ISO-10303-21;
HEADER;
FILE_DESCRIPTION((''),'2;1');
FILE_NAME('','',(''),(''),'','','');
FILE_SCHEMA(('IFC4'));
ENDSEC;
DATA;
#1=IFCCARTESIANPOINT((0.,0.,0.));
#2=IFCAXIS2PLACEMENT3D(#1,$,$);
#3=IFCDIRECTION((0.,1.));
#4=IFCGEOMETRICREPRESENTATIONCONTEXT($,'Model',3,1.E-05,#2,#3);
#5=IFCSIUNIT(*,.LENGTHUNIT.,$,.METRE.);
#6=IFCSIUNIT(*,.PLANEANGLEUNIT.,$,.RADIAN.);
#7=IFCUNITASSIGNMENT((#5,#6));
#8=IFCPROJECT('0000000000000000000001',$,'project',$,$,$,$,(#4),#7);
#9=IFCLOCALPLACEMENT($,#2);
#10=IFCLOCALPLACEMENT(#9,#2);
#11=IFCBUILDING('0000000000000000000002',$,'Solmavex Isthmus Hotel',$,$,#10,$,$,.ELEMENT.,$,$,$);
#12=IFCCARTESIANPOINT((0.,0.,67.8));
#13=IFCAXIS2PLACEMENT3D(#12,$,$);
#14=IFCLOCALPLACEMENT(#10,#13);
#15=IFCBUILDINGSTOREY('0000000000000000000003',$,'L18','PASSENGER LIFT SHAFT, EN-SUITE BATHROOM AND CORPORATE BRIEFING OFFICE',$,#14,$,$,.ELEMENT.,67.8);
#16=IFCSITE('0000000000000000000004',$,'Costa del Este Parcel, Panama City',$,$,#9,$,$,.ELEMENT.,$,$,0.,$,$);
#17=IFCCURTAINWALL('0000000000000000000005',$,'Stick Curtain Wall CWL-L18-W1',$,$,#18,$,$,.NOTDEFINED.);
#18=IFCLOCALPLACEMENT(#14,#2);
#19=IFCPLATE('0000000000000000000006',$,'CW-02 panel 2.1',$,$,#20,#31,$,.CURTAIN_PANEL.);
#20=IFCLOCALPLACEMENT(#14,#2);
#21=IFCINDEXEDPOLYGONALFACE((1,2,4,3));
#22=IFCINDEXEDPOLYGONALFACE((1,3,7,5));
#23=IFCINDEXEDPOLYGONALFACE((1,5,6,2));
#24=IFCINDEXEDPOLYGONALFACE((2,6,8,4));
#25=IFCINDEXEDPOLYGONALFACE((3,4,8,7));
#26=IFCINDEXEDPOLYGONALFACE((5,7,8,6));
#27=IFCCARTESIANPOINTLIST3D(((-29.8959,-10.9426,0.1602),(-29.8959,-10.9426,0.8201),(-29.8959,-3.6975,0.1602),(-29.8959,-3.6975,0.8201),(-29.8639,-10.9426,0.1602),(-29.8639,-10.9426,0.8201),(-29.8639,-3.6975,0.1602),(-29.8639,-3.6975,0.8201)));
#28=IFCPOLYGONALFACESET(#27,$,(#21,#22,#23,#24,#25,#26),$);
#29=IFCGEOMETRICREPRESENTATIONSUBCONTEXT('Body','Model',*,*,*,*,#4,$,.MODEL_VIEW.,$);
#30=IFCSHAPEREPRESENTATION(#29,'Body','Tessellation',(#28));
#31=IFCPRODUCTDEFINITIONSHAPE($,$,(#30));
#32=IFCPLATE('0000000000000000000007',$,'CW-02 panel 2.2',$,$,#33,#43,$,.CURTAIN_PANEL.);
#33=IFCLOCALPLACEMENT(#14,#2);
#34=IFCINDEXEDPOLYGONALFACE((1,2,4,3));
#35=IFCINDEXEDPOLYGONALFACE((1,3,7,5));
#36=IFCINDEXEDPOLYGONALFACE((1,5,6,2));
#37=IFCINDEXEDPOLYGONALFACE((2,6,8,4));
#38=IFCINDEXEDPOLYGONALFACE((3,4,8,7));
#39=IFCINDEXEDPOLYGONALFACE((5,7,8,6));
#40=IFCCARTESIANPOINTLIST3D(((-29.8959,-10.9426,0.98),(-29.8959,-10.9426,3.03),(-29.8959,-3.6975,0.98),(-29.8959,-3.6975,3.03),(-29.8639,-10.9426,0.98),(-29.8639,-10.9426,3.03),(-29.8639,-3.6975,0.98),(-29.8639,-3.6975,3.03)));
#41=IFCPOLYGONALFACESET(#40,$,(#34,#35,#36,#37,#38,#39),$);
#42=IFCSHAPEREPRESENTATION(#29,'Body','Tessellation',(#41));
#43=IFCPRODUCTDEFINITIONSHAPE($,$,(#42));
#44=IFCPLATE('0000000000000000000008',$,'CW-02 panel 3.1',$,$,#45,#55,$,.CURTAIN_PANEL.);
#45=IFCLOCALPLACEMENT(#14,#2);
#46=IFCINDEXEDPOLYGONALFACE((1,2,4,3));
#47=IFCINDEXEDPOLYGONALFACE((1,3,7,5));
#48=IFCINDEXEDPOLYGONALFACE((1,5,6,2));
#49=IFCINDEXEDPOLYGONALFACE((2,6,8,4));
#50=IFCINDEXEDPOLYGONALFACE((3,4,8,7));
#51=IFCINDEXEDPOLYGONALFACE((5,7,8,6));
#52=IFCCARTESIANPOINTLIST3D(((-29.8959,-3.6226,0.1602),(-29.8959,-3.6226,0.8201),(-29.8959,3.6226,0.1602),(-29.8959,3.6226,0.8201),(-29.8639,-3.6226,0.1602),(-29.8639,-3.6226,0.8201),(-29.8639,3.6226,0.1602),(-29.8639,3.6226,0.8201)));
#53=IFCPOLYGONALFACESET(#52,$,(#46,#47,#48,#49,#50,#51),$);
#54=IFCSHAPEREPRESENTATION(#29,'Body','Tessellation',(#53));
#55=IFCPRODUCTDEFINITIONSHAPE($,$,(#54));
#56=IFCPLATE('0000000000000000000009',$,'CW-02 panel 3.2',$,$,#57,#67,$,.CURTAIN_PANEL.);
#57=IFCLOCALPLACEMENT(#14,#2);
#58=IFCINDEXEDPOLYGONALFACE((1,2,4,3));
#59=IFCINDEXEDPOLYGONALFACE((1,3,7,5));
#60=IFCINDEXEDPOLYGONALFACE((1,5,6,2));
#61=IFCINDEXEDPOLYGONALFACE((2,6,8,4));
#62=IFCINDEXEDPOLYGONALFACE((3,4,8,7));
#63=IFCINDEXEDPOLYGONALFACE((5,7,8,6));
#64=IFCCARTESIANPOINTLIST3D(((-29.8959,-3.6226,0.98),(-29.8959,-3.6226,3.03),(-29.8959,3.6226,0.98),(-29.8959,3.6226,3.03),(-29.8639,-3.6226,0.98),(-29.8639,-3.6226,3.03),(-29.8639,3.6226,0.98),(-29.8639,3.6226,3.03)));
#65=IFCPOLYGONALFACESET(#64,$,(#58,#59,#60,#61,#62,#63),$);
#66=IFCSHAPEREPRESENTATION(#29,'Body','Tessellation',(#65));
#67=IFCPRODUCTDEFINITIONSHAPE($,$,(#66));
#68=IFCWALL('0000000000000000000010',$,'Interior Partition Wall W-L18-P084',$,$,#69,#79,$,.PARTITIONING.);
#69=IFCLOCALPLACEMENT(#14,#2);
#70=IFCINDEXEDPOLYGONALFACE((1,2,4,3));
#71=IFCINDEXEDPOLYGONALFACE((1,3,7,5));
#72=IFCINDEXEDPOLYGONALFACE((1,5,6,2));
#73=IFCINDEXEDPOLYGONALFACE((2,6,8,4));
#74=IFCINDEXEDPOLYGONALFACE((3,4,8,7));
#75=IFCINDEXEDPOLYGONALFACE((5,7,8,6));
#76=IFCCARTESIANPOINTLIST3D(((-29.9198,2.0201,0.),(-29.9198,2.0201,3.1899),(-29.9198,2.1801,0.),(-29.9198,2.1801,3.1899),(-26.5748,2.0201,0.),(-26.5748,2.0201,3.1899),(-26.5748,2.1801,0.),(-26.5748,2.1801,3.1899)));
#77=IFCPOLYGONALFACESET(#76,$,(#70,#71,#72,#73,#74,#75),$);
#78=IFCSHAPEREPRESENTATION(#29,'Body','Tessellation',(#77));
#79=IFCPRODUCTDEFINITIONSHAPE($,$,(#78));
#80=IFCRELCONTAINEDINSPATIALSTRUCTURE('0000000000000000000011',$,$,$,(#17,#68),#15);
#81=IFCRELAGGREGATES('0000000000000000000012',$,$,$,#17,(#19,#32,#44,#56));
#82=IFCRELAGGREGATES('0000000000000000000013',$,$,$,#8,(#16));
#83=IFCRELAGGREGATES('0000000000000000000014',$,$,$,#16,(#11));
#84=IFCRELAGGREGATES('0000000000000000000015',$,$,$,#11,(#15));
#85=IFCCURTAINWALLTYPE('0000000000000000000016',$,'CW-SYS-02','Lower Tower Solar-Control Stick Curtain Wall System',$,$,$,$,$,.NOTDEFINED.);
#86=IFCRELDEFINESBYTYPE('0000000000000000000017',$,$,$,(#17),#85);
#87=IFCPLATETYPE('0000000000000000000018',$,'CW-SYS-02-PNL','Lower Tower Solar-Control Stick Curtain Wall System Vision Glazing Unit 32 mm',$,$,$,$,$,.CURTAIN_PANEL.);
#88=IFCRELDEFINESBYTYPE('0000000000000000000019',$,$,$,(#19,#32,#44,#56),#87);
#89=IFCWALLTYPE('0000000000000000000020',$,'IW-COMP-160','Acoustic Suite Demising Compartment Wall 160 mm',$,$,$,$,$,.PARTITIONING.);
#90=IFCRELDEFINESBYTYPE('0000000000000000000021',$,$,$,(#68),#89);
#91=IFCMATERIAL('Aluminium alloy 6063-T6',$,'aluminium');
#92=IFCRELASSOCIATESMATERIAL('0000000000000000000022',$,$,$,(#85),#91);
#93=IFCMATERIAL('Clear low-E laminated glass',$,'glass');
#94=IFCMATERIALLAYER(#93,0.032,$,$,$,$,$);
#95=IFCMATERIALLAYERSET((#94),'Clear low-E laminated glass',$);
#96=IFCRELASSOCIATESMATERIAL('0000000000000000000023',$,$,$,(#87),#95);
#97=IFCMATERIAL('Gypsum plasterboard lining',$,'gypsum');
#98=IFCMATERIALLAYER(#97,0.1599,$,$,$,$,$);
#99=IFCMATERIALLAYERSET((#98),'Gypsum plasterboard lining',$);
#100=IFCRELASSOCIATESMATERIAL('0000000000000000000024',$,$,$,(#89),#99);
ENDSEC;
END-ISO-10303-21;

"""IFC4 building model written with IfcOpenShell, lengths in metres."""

from ifc_helpers import new_model, si_unit, direction, frame, frame_2d, origin, origin_2d, place, context, subcontext, project, spatial, rectangle, extrude, material, layer, layer_set, type_object, element, aggregate, save


model = new_model("IFC4")

# Units and contexts
model_context = context("Model", 3, precision=1e-05, world=origin(), true_north=direction((0.0, 1.0)))
body_context = subcontext(model_context, "Body", "Model", "MODEL_VIEW")
ifc_project = project(units=[si_unit("LENGTHUNIT", "METRE"), si_unit("PLANEANGLEUNIT", "RADIAN")], contexts=[model_context])

# Site, building, storey
site_placement = place(None, origin())
site = spatial("IfcSite", under=ifc_project, at=site_placement, Name="Costa del Este Parcel, Panama City", CompositionType="ELEMENT", RefElevation=0.0)
building_placement = place(site_placement, origin())
building = spatial("IfcBuilding", under=site, at=building_placement, Name="Solmavex Isthmus Hotel", CompositionType="ELEMENT")
storey_placement = place(building_placement, frame((0.0, 0.0, 67.8)))
storey = spatial("IfcBuildingStorey", under=building, at=storey_placement, Name="L18", Description="PASSENGER LIFT SHAFT, EN-SUITE BATHROOM AND CORPORATE BRIEFING OFFICE", CompositionType="ELEMENT", Elevation=67.8)

# Curtain wall, plates
ifc_material_1 = material(Name="Aluminium alloy 6063-T6", Category="aluminium")
curtain_wall_type = type_object("IfcCurtainWallType", Name="CW-SYS-02", Description="Lower Tower Solar-Control Stick Curtain Wall System", PredefinedType="NOTDEFINED", material=ifc_material_1)
curtain_wall_placement = place(storey_placement, origin())
curtain_wall = element("IfcCurtainWall", 1, at=curtain_wall_placement, inside=storey, type_object=curtain_wall_type, Name="Stick Curtain Wall CWL-L18-W1", PredefinedType="NOTDEFINED")
ifc_material_2 = material(Name="Clear low-E laminated glass", Category="glass")
ifc_layer_1 = layer(ifc_material_2, 0.032)
ifc_layer_set_1 = layer_set([ifc_layer_1], Name="Clear low-E laminated glass")
plate_type = type_object("IfcPlateType", Name="CW-SYS-02-PNL", Description="Lower Tower Solar-Control Stick Curtain Wall System Vision Glazing Unit 32 mm", PredefinedType="CURTAIN_PANEL", material=ifc_layer_set_1)
plate_1_placement = place(storey_placement, frame((-29.8799, -7.3201, 0.1602), z_axis=(0.0, 0.0, 1.0), x_axis=(0.0, 1.0, 0.0)))
plate_1 = element("IfcPlate", 2, at=plate_1_placement, type_object=plate_type, Name="CW-02 panel 2.1", PredefinedType="CURTAIN_PANEL", context=body_context, shape_type="SweptSolid", body=[
    extrude(rectangle(XDim=7.2451, YDim=0.032, at=origin_2d()), origin(), (0.0, 0.0, 1.0), 0.6599),
])
plate_2_placement = place(storey_placement, frame((-29.8799, -7.3201, 0.98), z_axis=(0.0, 0.0, 1.0), x_axis=(0.0, 1.0, 0.0)))
plate_2 = element("IfcPlate", 3, at=plate_2_placement, type_object=plate_type, Name="CW-02 panel 2.2", PredefinedType="CURTAIN_PANEL", context=body_context, shape_type="SweptSolid", body=[
    extrude(rectangle(XDim=7.2451, YDim=0.032, at=origin_2d()), origin(), (0.0, 0.0, 1.0), 2.05),
])
plate_3_placement = place(storey_placement, frame((-29.8799, 0.0, 0.1602), z_axis=(0.0, 0.0, 1.0), x_axis=(0.0, 1.0, 0.0)))
plate_3 = element("IfcPlate", 4, at=plate_3_placement, type_object=plate_type, Name="CW-02 panel 3.1", PredefinedType="CURTAIN_PANEL", context=body_context, shape_type="SweptSolid", body=[
    extrude(rectangle(XDim=7.2451, YDim=0.032, at=origin_2d()), origin(), (0.0, 0.0, 1.0), 0.6599),
])
plate_4_placement = place(storey_placement, frame((-29.8799, 0.0, 0.98), z_axis=(0.0, 0.0, 1.0), x_axis=(0.0, 1.0, 0.0)))
plate_4 = element("IfcPlate", 5, at=plate_4_placement, type_object=plate_type, Name="CW-02 panel 3.2", PredefinedType="CURTAIN_PANEL", context=body_context, shape_type="SweptSolid", body=[
    extrude(rectangle(XDim=7.2451, YDim=0.032, at=origin_2d()), origin(), (0.0, 0.0, 1.0), 2.05),
])
aggregate(curtain_wall, [plate_1, plate_2, plate_3, plate_4])

# Wall
ifc_material_3 = material(Name="Gypsum plasterboard lining", Category="gypsum")
ifc_layer_2 = layer(ifc_material_3, 0.1599)
ifc_layer_set_2 = layer_set([ifc_layer_2], Name="Gypsum plasterboard lining")
wall_type = type_object("IfcWallType", Name="IW-COMP-160", Description="Acoustic Suite Demising Compartment Wall 160 mm", PredefinedType="PARTITIONING", material=ifc_layer_set_2)
wall_placement = place(storey_placement, frame((-26.575, 2.1001, 0.0), z_axis=(0.0, 0.0, 1.0), x_axis=(-1.0, 0.0, 0.0)))
element("IfcWall", 6, at=wall_placement, inside=storey, type_object=wall_type, Name="Interior Partition Wall W-L18-P084", PredefinedType="PARTITIONING", context=body_context, shape_type="SweptSolid", body=[
    extrude(rectangle(XDim=3.345, YDim=0.1599, at=frame_2d((1.6724, 0.0))), origin(), (0.0, 0.0, 1.0), 3.1899),
])

save(model, "model.ifc")
